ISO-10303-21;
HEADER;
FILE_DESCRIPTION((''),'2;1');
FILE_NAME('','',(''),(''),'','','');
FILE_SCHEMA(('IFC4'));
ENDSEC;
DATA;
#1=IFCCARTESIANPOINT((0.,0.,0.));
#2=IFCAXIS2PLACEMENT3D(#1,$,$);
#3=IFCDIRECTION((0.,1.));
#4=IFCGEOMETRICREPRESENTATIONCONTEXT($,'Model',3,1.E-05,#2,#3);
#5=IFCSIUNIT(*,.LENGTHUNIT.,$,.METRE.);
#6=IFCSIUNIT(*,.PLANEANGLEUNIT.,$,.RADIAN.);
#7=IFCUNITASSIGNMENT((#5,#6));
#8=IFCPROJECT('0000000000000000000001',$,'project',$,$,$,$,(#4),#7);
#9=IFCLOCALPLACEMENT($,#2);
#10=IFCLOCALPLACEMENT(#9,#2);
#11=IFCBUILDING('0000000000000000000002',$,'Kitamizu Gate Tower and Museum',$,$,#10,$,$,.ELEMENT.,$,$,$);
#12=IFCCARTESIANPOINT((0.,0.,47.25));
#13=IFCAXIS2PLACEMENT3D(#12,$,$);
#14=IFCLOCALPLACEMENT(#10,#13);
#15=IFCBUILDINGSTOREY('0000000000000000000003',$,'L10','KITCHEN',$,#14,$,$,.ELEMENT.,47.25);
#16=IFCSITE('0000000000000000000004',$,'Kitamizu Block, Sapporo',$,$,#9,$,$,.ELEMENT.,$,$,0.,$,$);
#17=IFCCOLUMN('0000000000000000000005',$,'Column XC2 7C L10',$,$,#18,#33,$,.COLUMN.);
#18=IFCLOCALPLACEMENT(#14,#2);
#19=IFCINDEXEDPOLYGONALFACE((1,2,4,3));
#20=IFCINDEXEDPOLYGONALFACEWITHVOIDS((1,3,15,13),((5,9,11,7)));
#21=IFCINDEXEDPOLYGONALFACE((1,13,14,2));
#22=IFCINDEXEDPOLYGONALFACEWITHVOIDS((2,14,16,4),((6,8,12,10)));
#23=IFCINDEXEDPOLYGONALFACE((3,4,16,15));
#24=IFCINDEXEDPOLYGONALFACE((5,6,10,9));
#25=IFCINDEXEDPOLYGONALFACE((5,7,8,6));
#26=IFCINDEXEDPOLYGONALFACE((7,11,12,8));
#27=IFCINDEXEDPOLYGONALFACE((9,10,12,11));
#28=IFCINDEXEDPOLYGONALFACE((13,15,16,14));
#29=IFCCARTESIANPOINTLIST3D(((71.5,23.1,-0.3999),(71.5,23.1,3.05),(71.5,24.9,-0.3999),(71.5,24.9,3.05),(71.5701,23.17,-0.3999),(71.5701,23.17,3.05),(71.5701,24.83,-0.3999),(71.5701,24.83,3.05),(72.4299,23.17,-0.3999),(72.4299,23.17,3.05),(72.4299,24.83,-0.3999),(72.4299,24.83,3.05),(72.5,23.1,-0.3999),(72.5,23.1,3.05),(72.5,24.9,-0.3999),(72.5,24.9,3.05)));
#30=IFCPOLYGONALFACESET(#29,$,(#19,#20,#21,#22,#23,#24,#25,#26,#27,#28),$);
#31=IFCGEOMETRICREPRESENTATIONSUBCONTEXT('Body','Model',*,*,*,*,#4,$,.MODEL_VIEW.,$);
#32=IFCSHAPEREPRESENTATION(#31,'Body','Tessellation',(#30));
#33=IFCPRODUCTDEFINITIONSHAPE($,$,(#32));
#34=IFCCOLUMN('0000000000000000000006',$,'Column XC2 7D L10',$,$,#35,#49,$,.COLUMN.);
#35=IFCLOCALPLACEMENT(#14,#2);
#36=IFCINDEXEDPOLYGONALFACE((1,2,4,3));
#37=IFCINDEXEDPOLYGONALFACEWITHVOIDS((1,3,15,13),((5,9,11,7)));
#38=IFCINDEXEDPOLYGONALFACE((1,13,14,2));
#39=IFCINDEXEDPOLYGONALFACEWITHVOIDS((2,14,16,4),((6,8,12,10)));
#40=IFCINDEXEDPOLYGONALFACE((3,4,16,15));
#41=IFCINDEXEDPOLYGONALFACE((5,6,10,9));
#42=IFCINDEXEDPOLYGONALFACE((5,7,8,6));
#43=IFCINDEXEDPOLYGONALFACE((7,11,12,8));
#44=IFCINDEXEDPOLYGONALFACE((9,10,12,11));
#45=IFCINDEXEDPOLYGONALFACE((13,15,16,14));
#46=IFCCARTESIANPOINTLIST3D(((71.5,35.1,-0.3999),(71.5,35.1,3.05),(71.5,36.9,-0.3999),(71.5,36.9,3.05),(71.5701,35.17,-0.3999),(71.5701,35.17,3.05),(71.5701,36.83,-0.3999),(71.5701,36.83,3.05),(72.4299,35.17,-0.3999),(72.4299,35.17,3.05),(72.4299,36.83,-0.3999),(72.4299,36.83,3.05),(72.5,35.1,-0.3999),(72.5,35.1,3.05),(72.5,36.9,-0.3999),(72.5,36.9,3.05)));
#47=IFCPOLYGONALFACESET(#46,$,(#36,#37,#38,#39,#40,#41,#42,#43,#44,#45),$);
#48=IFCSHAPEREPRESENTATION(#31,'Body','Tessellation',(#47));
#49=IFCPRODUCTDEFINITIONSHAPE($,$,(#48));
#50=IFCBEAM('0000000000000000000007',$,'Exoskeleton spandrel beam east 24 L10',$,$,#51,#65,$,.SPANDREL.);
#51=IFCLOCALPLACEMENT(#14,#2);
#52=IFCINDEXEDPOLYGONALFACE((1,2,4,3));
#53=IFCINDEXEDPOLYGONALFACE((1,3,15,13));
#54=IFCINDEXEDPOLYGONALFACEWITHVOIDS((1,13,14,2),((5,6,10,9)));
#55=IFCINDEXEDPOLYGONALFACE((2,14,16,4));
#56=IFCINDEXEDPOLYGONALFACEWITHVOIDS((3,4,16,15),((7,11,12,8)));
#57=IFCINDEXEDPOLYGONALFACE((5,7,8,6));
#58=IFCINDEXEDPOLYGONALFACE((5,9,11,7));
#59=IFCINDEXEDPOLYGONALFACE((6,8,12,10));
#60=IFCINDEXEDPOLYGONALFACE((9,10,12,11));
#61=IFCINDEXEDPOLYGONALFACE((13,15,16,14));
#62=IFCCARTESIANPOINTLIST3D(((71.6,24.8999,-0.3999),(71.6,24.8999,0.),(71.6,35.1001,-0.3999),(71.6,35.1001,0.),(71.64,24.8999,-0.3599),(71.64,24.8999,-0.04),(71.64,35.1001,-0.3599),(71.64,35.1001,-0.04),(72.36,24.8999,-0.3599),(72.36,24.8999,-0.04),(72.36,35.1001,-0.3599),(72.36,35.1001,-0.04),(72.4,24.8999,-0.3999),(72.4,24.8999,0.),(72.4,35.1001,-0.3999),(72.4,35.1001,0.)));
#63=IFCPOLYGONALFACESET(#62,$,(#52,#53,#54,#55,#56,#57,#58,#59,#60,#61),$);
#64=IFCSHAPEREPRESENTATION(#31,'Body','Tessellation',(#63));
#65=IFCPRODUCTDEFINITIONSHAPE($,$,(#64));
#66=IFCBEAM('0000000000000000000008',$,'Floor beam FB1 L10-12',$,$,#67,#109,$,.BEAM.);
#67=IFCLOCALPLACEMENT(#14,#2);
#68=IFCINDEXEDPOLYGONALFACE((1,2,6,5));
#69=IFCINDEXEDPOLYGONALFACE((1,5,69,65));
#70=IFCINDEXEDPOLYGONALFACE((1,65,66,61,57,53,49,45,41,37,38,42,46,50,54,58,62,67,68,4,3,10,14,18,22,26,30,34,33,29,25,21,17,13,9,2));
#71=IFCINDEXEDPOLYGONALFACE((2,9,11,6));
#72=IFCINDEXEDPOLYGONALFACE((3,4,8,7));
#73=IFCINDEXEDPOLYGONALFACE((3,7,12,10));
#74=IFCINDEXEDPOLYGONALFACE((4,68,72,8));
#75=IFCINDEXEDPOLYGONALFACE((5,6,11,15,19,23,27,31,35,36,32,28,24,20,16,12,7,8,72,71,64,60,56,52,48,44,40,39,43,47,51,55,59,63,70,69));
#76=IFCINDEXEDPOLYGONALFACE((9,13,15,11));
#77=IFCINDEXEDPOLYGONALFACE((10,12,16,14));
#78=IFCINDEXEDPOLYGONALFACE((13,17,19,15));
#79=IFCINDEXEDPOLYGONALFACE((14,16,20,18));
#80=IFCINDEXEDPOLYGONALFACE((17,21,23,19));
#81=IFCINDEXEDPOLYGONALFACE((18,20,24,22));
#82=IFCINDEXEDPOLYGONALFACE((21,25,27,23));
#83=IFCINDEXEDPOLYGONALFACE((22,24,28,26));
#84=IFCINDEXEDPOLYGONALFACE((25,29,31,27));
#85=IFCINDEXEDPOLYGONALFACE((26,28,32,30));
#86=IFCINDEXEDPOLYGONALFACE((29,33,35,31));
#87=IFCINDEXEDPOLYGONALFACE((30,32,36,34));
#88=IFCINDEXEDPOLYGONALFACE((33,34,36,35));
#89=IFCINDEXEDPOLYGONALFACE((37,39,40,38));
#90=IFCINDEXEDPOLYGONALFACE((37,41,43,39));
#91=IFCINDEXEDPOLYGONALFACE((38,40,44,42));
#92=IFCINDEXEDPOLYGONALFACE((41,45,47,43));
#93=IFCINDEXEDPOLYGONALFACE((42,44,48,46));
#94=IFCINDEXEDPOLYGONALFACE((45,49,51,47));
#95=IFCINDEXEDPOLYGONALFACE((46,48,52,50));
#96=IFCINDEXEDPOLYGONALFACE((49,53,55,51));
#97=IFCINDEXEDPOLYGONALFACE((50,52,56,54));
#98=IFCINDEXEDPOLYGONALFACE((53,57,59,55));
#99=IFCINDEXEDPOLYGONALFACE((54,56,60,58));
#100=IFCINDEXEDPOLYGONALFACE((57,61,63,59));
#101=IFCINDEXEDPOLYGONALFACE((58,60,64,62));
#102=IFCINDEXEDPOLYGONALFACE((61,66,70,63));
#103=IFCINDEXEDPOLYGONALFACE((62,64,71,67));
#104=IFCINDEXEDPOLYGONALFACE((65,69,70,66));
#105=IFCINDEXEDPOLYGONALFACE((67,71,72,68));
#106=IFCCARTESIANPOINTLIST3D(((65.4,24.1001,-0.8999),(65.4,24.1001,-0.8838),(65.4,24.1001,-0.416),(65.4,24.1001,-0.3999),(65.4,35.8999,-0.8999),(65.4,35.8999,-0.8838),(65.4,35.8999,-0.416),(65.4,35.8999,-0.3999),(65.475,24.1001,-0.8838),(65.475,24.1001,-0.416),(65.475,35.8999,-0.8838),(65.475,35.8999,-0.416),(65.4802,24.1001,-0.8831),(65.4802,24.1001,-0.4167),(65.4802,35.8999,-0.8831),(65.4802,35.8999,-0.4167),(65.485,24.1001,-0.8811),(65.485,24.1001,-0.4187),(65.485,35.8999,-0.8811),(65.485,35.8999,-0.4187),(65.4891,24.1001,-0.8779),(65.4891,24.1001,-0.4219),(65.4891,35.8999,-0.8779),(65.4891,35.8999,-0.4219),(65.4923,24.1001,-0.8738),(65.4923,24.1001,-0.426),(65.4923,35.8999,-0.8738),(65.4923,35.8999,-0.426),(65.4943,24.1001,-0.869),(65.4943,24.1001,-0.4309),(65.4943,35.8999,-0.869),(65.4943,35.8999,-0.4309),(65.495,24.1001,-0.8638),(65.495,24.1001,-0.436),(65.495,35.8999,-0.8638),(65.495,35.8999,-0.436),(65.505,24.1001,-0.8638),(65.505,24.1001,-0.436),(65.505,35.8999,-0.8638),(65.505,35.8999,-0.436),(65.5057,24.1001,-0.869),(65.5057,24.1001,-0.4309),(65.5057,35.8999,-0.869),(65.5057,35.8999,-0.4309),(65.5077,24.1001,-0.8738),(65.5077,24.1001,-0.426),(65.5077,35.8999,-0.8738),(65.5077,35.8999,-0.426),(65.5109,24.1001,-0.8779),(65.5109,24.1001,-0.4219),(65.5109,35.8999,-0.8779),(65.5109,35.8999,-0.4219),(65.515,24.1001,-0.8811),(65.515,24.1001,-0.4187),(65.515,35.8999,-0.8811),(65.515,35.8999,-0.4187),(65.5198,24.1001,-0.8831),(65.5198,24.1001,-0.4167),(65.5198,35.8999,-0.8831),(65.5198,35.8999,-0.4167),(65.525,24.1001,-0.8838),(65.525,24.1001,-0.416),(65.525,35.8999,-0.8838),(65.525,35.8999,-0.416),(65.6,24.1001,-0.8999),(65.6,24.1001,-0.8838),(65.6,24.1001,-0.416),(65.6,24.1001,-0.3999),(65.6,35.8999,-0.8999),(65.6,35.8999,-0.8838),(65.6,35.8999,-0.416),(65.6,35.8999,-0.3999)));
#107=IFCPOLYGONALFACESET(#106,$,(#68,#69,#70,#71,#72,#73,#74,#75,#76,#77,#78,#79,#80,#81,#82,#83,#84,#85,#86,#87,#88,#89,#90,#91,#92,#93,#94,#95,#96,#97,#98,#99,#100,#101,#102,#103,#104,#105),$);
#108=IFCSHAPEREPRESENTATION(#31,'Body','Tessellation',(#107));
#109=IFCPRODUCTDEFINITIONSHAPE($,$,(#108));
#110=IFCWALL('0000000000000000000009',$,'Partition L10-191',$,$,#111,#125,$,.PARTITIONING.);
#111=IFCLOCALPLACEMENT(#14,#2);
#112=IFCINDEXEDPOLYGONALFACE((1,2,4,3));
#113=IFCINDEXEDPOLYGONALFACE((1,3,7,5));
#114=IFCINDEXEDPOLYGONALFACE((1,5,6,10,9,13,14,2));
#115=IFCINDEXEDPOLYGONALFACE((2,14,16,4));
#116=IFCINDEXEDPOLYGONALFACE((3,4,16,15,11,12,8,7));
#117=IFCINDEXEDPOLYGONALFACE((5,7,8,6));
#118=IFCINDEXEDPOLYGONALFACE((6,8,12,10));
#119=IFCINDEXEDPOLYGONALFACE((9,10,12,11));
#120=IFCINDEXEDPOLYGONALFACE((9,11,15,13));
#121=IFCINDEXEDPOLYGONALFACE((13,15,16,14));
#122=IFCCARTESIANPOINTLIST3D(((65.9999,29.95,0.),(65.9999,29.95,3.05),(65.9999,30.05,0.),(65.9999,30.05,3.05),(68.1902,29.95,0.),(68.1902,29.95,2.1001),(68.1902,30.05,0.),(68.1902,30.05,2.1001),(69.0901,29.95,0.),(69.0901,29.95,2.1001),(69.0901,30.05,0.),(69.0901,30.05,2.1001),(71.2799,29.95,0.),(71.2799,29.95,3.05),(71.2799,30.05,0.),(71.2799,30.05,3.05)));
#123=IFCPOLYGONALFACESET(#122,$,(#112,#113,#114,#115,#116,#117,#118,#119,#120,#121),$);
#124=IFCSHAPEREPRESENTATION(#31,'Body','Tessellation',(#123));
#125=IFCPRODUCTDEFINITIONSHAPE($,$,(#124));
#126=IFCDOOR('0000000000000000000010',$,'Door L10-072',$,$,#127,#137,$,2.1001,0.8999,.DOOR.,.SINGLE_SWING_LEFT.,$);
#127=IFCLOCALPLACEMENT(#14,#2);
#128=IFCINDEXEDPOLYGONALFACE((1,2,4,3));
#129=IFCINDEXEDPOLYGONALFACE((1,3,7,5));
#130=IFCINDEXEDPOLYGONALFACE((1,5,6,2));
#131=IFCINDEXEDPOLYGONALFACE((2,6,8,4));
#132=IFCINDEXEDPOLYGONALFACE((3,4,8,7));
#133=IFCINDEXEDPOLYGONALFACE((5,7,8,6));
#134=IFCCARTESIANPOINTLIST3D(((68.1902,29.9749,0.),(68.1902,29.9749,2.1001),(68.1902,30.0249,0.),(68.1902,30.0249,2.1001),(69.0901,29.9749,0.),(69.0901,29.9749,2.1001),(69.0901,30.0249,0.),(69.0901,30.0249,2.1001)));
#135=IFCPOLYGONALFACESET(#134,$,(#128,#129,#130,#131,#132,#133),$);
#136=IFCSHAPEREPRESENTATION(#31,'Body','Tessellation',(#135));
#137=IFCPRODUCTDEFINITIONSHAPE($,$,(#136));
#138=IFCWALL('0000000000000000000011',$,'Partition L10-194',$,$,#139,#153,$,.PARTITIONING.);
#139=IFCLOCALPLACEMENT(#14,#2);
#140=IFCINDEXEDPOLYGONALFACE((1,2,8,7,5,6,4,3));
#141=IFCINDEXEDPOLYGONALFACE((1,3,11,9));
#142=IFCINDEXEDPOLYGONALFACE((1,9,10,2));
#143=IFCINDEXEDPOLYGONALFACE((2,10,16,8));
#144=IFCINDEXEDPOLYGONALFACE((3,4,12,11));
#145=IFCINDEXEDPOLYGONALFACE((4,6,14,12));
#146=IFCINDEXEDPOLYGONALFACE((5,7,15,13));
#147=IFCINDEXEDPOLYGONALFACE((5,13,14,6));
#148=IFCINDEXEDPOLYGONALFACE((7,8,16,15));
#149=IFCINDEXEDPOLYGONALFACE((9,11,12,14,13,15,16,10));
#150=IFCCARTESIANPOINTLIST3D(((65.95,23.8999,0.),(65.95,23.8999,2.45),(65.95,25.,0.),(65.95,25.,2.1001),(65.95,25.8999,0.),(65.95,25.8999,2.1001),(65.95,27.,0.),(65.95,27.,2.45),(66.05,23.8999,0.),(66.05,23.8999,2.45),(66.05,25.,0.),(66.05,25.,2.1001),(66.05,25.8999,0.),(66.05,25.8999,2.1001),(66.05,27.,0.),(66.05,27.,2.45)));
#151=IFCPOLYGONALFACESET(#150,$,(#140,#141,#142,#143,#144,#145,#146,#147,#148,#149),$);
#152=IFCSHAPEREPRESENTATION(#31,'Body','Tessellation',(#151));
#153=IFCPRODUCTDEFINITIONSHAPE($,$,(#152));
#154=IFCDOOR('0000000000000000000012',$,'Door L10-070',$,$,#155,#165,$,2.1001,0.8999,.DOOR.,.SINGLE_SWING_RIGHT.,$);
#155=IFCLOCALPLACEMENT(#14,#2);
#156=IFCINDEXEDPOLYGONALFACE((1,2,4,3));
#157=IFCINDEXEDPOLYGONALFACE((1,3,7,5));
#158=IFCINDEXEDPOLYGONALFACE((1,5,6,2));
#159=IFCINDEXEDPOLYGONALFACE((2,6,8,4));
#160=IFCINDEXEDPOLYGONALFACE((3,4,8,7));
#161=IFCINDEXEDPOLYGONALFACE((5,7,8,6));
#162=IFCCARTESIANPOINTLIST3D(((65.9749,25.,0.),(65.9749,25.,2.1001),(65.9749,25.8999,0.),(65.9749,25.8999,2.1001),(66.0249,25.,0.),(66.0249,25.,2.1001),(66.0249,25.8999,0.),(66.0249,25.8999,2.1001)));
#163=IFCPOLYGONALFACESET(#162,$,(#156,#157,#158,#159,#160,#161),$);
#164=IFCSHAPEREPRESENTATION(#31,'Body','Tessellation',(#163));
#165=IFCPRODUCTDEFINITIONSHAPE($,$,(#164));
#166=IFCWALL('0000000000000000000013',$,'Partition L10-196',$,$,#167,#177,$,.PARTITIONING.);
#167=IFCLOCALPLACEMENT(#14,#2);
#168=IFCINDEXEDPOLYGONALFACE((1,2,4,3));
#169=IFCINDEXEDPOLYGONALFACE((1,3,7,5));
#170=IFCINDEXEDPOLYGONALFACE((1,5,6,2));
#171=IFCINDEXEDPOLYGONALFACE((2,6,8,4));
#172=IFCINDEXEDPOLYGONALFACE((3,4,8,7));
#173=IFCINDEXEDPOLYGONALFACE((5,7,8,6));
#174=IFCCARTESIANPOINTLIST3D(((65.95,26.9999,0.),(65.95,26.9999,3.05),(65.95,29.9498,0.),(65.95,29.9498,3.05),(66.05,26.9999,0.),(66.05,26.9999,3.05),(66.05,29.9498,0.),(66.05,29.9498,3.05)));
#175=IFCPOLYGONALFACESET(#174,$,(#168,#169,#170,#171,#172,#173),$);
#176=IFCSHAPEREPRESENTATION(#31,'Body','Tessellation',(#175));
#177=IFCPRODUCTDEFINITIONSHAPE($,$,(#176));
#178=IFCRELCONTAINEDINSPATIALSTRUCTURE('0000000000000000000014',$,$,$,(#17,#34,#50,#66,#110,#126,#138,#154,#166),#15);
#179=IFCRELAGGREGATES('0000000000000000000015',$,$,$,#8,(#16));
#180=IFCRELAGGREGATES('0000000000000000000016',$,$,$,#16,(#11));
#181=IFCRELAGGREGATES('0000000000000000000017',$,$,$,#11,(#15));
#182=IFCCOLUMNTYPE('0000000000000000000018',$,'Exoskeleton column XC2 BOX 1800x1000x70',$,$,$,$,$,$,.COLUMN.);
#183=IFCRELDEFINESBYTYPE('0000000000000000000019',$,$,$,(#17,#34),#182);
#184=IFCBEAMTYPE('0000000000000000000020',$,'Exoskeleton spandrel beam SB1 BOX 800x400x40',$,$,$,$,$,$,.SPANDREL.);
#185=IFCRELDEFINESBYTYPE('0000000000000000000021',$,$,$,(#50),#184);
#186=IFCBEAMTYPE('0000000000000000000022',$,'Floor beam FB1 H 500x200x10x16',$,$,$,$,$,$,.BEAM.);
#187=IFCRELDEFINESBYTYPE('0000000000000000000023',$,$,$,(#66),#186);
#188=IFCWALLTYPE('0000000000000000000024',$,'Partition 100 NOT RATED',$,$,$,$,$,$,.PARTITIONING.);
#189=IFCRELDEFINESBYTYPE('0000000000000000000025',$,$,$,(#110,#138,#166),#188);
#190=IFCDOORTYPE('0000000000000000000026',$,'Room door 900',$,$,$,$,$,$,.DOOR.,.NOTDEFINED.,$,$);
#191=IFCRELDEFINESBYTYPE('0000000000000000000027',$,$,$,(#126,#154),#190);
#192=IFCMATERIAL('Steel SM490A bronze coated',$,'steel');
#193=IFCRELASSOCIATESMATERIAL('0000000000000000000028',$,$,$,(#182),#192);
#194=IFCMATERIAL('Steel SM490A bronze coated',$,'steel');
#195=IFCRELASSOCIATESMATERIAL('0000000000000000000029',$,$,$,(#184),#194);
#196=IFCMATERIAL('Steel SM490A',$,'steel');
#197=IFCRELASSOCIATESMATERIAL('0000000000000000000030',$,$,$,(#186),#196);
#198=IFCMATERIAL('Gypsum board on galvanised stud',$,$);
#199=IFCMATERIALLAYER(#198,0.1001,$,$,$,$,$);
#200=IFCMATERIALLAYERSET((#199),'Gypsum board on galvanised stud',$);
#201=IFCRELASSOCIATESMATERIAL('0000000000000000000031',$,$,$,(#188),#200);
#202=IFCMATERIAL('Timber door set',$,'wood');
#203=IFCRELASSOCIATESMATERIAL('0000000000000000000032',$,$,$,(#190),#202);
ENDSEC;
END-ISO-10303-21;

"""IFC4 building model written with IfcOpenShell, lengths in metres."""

from ifc_helpers import new_model, si_unit, direction, frame, frame_2d, origin, origin_2d, place, context, subcontext, project, spatial, rectangle, hollow_rectangle, i_section, extrude, material, layer, layer_set, material_profile, profile_set, type_object, element, fill, save


model = new_model("IFC4")

# Units and contexts
model_context = context("Model", 3, precision=1e-05, world=origin(), true_north=direction((0.0, 1.0)))
body_context = subcontext(model_context, "Body", "Model", "MODEL_VIEW")
ifc_project = project(units=[si_unit("LENGTHUNIT", "METRE"), si_unit("PLANEANGLEUNIT", "RADIAN")], contexts=[model_context])

# Site, building, storey
site_placement = place(None, origin())
site = spatial("IfcSite", under=ifc_project, at=site_placement, Name="Kitamizu Block, Sapporo", CompositionType="ELEMENT", RefElevation=0.0)
building_placement = place(site_placement, origin())
building = spatial("IfcBuilding", under=site, at=building_placement, Name="Kitamizu Gate Tower and Museum", CompositionType="ELEMENT")
storey_placement = place(building_placement, frame((0.0, 0.0, 47.25)))
storey = spatial("IfcBuildingStorey", under=building, at=storey_placement, Name="L10", Description="KITCHEN", CompositionType="ELEMENT", Elevation=47.25)

# Columns
ifc_material_1 = material(Name="Steel SM490A bronze coated", Category="steel")
ifc_material_profile_1 = material_profile(ifc_material_1, hollow_rectangle(XDim=1.8, YDim=1.0, WallThickness=0.0701, at=origin_2d()), Name="BOX 1800x1000x70")
ifc_profile_set_1 = profile_set([ifc_material_profile_1], Name="Steel SM490A bronze coated")
column_type = type_object("IfcColumnType", Name="Exoskeleton column XC2 BOX 1800x1000x70", PredefinedType="COLUMN", material=ifc_profile_set_1)
for number, where, z_axis, x_axis, name in (
    (1, (72.0, 24.0, -0.3999), (0.0, 0.0, 1.0), (0.0, 1.0, 0.0), "Column XC2 7C L10"),
    (2, (72.0, 36.0, -0.3999), (0.0, 0.0, 1.0), (0.0, 1.0, 0.0), "Column XC2 7D L10"),
):
    element("IfcColumn", number, at=place(storey_placement, frame(where, z_axis=z_axis, x_axis=x_axis)), inside=storey, type_object=column_type, Name=name, PredefinedType="COLUMN", context=body_context, shape_type="SweptSolid", body=[
        extrude(hollow_rectangle(XDim=1.8, YDim=1.0, WallThickness=0.0701, at=origin_2d()), origin(), (0.0, 0.0, 1.0), 3.45),
    ])

# Beams
ifc_material_2 = material(Name="Steel SM490A bronze coated", Category="steel")
ifc_material_profile_2 = material_profile(ifc_material_2, hollow_rectangle(XDim=0.8, YDim=0.3999, WallThickness=0.04, at=origin_2d()), Name="BOX 800x400x40")
ifc_profile_set_2 = profile_set([ifc_material_profile_2], Name="Steel SM490A bronze coated")
beam_type_1 = type_object("IfcBeamType", Name="Exoskeleton spandrel beam SB1 BOX 800x400x40", PredefinedType="SPANDREL", material=ifc_profile_set_2)
beam_1_placement = place(storey_placement, frame((72.0, 24.8999, -0.2), z_axis=(0.0, 1.0, 0.0), x_axis=(-1.0, 0.0, 0.0)))
element("IfcBeam", 3, at=beam_1_placement, inside=storey, type_object=beam_type_1, Name="Exoskeleton spandrel beam east 24 L10", PredefinedType="SPANDREL", context=body_context, shape_type="SweptSolid", body=[
    extrude(hollow_rectangle(XDim=0.8, YDim=0.3999, WallThickness=0.04, at=origin_2d()), origin(), (0.0, 0.0, 1.0), 10.2002),
])
ifc_material_3 = material(Name="Steel SM490A", Category="steel")
ifc_material_profile_3 = material_profile(ifc_material_3, i_section(OverallWidth=0.2, OverallDepth=0.5, WebThickness=0.01, FlangeThickness=0.0161, FilletRadius=0.02, at=origin_2d()), Name="H-500x200x10x16")
ifc_profile_set_3 = profile_set([ifc_material_profile_3], Name="Steel SM490A")
beam_type_2 = type_object("IfcBeamType", Name="Floor beam FB1 H 500x200x10x16", PredefinedType="BEAM", material=ifc_profile_set_3)
beam_2_placement = place(storey_placement, frame((65.5, 24.1001, -0.6499), z_axis=(0.0, 1.0, 0.0), x_axis=(-1.0, 0.0, 0.0)))
element("IfcBeam", 4, at=beam_2_placement, inside=storey, type_object=beam_type_2, Name="Floor beam FB1 L10-12", PredefinedType="BEAM", context=body_context, shape_type="SweptSolid", body=[
    extrude(i_section(OverallWidth=0.2, OverallDepth=0.5, WebThickness=0.01, FlangeThickness=0.0161, FilletRadius=0.02, at=origin_2d()), origin(), (0.0, 0.0, 1.0), 11.7998),
])

# Walls, openings, doors
ifc_material_4 = material(Name="Gypsum board on galvanised stud")
ifc_layer_1 = layer(ifc_material_4, 0.1001)
ifc_layer_set_1 = layer_set([ifc_layer_1], Name="Gypsum board on galvanised stud")
wall_type_1 = type_object("IfcWallType", Name="Partition 100 NOT RATED", PredefinedType="PARTITIONING", material=ifc_layer_set_1)
wall_1_placement = place(storey_placement, frame((71.28, 30.0, 0.0), z_axis=(0.0, 0.0, 1.0), x_axis=(-1.0, 0.0, 0.0)))
wall_1 = element("IfcWall", 5, at=wall_1_placement, inside=storey, type_object=wall_type_1, Name="Partition L10-191", PredefinedType="PARTITIONING", context=body_context, shape_type="SweptSolid", body=[
    extrude(rectangle(XDim=5.28, YDim=0.1001, at=frame_2d((2.6401, 0.0))), origin(), (0.0, 0.0, 1.0), 3.05),
])
opening_1_placement = place(wall_1_placement, frame((2.1899, 0.0, 0.0)))
opening_1 = element("IfcOpeningElement", 6, at=opening_1_placement, cuts=wall_1, PredefinedType="OPENING", context=body_context, shape_type="SweptSolid", body=[
    extrude(rectangle(XDim=0.8999, YDim=2.1001, at=frame_2d((0.45, 1.05))), frame((0.0, 0.0601, 0.0), z_axis=(0.0, -1.0, 0.0), x_axis=(1.0, 0.0, 0.0)), (0.0, 0.0, 1.0), 0.1201),
])
ifc_material_5 = material(Name="Timber door set", Category="wood")
door_type_1 = type_object("IfcDoorType", Name="Room door 900", OperationType="NOTDEFINED", PredefinedType="DOOR", material=ifc_material_5)
door_1_placement = place(opening_1_placement, frame((0.8999, 0.0, 0.0), x_axis=(-1.0, 0.0, 0.0)))
door_1 = element("IfcDoor", 7, at=door_1_placement, inside=storey, type_object=door_type_1, Name="Door L10-072", OperationType="SINGLE_SWING_LEFT", OverallHeight=2.1001, OverallWidth=0.8999, PredefinedType="DOOR", context=body_context, shape_type="SweptSolid", body=[
    extrude(rectangle(XDim=0.8999, YDim=2.1001, at=frame_2d((0.45, 1.05))), frame((0.0, 0.0249, 0.0), z_axis=(0.0, -1.0, 0.0), x_axis=(1.0, 0.0, 0.0)), (0.0, 0.0, 1.0), 0.05),
])
fill(opening_1, door_1)
wall_2_placement = place(storey_placement, frame((66.0, 27.0, 0.0), z_axis=(0.0, 0.0, 1.0), x_axis=(0.0, -1.0, 0.0)))
wall_2 = element("IfcWall", 8, at=wall_2_placement, inside=storey, type_object=wall_type_1, Name="Partition L10-194", PredefinedType="PARTITIONING", context=body_context, shape_type="SweptSolid", body=[
    extrude(rectangle(XDim=3.1001, YDim=0.1001, at=frame_2d((1.55, 0.0))), origin(), (0.0, 0.0, 1.0), 2.45),
])
opening_2_placement = place(wall_2_placement, frame((1.1001, 0.0, 0.0)))
opening_2 = element("IfcOpeningElement", 9, at=opening_2_placement, cuts=wall_2, PredefinedType="OPENING", context=body_context, shape_type="SweptSolid", body=[
    extrude(rectangle(XDim=0.8999, YDim=2.1001, at=frame_2d((0.45, 1.05))), frame((0.0, 0.0601, 0.0), z_axis=(0.0, -1.0, 0.0), x_axis=(1.0, 0.0, 0.0)), (0.0, 0.0, 1.0), 0.1201),
])
door_2_placement = place(opening_2_placement, origin())
door_2 = element("IfcDoor", 10, at=door_2_placement, inside=storey, type_object=door_type_1, Name="Door L10-070", OperationType="SINGLE_SWING_RIGHT", OverallHeight=2.1001, OverallWidth=0.8999, PredefinedType="DOOR", context=body_context, shape_type="SweptSolid", body=[
    extrude(rectangle(XDim=0.8999, YDim=2.1001, at=frame_2d((0.45, 1.05))), frame((0.0, 0.0249, 0.0), z_axis=(0.0, -1.0, 0.0), x_axis=(1.0, 0.0, 0.0)), (0.0, 0.0, 1.0), 0.05),
])
fill(opening_2, door_2)

# Wall
wall_3_placement = place(storey_placement, frame((66.0, 29.95, 0.0), z_axis=(0.0, 0.0, 1.0), x_axis=(0.0, -1.0, 0.0)))
element("IfcWall", 11, at=wall_3_placement, inside=storey, type_object=wall_type_1, Name="Partition L10-196", PredefinedType="PARTITIONING", context=body_context, shape_type="SweptSolid", body=[
    extrude(rectangle(XDim=2.95, YDim=0.1001, at=frame_2d((1.4751, 0.0))), origin(), (0.0, 0.0, 1.0), 3.05),
])

save(model, "model.ifc")
